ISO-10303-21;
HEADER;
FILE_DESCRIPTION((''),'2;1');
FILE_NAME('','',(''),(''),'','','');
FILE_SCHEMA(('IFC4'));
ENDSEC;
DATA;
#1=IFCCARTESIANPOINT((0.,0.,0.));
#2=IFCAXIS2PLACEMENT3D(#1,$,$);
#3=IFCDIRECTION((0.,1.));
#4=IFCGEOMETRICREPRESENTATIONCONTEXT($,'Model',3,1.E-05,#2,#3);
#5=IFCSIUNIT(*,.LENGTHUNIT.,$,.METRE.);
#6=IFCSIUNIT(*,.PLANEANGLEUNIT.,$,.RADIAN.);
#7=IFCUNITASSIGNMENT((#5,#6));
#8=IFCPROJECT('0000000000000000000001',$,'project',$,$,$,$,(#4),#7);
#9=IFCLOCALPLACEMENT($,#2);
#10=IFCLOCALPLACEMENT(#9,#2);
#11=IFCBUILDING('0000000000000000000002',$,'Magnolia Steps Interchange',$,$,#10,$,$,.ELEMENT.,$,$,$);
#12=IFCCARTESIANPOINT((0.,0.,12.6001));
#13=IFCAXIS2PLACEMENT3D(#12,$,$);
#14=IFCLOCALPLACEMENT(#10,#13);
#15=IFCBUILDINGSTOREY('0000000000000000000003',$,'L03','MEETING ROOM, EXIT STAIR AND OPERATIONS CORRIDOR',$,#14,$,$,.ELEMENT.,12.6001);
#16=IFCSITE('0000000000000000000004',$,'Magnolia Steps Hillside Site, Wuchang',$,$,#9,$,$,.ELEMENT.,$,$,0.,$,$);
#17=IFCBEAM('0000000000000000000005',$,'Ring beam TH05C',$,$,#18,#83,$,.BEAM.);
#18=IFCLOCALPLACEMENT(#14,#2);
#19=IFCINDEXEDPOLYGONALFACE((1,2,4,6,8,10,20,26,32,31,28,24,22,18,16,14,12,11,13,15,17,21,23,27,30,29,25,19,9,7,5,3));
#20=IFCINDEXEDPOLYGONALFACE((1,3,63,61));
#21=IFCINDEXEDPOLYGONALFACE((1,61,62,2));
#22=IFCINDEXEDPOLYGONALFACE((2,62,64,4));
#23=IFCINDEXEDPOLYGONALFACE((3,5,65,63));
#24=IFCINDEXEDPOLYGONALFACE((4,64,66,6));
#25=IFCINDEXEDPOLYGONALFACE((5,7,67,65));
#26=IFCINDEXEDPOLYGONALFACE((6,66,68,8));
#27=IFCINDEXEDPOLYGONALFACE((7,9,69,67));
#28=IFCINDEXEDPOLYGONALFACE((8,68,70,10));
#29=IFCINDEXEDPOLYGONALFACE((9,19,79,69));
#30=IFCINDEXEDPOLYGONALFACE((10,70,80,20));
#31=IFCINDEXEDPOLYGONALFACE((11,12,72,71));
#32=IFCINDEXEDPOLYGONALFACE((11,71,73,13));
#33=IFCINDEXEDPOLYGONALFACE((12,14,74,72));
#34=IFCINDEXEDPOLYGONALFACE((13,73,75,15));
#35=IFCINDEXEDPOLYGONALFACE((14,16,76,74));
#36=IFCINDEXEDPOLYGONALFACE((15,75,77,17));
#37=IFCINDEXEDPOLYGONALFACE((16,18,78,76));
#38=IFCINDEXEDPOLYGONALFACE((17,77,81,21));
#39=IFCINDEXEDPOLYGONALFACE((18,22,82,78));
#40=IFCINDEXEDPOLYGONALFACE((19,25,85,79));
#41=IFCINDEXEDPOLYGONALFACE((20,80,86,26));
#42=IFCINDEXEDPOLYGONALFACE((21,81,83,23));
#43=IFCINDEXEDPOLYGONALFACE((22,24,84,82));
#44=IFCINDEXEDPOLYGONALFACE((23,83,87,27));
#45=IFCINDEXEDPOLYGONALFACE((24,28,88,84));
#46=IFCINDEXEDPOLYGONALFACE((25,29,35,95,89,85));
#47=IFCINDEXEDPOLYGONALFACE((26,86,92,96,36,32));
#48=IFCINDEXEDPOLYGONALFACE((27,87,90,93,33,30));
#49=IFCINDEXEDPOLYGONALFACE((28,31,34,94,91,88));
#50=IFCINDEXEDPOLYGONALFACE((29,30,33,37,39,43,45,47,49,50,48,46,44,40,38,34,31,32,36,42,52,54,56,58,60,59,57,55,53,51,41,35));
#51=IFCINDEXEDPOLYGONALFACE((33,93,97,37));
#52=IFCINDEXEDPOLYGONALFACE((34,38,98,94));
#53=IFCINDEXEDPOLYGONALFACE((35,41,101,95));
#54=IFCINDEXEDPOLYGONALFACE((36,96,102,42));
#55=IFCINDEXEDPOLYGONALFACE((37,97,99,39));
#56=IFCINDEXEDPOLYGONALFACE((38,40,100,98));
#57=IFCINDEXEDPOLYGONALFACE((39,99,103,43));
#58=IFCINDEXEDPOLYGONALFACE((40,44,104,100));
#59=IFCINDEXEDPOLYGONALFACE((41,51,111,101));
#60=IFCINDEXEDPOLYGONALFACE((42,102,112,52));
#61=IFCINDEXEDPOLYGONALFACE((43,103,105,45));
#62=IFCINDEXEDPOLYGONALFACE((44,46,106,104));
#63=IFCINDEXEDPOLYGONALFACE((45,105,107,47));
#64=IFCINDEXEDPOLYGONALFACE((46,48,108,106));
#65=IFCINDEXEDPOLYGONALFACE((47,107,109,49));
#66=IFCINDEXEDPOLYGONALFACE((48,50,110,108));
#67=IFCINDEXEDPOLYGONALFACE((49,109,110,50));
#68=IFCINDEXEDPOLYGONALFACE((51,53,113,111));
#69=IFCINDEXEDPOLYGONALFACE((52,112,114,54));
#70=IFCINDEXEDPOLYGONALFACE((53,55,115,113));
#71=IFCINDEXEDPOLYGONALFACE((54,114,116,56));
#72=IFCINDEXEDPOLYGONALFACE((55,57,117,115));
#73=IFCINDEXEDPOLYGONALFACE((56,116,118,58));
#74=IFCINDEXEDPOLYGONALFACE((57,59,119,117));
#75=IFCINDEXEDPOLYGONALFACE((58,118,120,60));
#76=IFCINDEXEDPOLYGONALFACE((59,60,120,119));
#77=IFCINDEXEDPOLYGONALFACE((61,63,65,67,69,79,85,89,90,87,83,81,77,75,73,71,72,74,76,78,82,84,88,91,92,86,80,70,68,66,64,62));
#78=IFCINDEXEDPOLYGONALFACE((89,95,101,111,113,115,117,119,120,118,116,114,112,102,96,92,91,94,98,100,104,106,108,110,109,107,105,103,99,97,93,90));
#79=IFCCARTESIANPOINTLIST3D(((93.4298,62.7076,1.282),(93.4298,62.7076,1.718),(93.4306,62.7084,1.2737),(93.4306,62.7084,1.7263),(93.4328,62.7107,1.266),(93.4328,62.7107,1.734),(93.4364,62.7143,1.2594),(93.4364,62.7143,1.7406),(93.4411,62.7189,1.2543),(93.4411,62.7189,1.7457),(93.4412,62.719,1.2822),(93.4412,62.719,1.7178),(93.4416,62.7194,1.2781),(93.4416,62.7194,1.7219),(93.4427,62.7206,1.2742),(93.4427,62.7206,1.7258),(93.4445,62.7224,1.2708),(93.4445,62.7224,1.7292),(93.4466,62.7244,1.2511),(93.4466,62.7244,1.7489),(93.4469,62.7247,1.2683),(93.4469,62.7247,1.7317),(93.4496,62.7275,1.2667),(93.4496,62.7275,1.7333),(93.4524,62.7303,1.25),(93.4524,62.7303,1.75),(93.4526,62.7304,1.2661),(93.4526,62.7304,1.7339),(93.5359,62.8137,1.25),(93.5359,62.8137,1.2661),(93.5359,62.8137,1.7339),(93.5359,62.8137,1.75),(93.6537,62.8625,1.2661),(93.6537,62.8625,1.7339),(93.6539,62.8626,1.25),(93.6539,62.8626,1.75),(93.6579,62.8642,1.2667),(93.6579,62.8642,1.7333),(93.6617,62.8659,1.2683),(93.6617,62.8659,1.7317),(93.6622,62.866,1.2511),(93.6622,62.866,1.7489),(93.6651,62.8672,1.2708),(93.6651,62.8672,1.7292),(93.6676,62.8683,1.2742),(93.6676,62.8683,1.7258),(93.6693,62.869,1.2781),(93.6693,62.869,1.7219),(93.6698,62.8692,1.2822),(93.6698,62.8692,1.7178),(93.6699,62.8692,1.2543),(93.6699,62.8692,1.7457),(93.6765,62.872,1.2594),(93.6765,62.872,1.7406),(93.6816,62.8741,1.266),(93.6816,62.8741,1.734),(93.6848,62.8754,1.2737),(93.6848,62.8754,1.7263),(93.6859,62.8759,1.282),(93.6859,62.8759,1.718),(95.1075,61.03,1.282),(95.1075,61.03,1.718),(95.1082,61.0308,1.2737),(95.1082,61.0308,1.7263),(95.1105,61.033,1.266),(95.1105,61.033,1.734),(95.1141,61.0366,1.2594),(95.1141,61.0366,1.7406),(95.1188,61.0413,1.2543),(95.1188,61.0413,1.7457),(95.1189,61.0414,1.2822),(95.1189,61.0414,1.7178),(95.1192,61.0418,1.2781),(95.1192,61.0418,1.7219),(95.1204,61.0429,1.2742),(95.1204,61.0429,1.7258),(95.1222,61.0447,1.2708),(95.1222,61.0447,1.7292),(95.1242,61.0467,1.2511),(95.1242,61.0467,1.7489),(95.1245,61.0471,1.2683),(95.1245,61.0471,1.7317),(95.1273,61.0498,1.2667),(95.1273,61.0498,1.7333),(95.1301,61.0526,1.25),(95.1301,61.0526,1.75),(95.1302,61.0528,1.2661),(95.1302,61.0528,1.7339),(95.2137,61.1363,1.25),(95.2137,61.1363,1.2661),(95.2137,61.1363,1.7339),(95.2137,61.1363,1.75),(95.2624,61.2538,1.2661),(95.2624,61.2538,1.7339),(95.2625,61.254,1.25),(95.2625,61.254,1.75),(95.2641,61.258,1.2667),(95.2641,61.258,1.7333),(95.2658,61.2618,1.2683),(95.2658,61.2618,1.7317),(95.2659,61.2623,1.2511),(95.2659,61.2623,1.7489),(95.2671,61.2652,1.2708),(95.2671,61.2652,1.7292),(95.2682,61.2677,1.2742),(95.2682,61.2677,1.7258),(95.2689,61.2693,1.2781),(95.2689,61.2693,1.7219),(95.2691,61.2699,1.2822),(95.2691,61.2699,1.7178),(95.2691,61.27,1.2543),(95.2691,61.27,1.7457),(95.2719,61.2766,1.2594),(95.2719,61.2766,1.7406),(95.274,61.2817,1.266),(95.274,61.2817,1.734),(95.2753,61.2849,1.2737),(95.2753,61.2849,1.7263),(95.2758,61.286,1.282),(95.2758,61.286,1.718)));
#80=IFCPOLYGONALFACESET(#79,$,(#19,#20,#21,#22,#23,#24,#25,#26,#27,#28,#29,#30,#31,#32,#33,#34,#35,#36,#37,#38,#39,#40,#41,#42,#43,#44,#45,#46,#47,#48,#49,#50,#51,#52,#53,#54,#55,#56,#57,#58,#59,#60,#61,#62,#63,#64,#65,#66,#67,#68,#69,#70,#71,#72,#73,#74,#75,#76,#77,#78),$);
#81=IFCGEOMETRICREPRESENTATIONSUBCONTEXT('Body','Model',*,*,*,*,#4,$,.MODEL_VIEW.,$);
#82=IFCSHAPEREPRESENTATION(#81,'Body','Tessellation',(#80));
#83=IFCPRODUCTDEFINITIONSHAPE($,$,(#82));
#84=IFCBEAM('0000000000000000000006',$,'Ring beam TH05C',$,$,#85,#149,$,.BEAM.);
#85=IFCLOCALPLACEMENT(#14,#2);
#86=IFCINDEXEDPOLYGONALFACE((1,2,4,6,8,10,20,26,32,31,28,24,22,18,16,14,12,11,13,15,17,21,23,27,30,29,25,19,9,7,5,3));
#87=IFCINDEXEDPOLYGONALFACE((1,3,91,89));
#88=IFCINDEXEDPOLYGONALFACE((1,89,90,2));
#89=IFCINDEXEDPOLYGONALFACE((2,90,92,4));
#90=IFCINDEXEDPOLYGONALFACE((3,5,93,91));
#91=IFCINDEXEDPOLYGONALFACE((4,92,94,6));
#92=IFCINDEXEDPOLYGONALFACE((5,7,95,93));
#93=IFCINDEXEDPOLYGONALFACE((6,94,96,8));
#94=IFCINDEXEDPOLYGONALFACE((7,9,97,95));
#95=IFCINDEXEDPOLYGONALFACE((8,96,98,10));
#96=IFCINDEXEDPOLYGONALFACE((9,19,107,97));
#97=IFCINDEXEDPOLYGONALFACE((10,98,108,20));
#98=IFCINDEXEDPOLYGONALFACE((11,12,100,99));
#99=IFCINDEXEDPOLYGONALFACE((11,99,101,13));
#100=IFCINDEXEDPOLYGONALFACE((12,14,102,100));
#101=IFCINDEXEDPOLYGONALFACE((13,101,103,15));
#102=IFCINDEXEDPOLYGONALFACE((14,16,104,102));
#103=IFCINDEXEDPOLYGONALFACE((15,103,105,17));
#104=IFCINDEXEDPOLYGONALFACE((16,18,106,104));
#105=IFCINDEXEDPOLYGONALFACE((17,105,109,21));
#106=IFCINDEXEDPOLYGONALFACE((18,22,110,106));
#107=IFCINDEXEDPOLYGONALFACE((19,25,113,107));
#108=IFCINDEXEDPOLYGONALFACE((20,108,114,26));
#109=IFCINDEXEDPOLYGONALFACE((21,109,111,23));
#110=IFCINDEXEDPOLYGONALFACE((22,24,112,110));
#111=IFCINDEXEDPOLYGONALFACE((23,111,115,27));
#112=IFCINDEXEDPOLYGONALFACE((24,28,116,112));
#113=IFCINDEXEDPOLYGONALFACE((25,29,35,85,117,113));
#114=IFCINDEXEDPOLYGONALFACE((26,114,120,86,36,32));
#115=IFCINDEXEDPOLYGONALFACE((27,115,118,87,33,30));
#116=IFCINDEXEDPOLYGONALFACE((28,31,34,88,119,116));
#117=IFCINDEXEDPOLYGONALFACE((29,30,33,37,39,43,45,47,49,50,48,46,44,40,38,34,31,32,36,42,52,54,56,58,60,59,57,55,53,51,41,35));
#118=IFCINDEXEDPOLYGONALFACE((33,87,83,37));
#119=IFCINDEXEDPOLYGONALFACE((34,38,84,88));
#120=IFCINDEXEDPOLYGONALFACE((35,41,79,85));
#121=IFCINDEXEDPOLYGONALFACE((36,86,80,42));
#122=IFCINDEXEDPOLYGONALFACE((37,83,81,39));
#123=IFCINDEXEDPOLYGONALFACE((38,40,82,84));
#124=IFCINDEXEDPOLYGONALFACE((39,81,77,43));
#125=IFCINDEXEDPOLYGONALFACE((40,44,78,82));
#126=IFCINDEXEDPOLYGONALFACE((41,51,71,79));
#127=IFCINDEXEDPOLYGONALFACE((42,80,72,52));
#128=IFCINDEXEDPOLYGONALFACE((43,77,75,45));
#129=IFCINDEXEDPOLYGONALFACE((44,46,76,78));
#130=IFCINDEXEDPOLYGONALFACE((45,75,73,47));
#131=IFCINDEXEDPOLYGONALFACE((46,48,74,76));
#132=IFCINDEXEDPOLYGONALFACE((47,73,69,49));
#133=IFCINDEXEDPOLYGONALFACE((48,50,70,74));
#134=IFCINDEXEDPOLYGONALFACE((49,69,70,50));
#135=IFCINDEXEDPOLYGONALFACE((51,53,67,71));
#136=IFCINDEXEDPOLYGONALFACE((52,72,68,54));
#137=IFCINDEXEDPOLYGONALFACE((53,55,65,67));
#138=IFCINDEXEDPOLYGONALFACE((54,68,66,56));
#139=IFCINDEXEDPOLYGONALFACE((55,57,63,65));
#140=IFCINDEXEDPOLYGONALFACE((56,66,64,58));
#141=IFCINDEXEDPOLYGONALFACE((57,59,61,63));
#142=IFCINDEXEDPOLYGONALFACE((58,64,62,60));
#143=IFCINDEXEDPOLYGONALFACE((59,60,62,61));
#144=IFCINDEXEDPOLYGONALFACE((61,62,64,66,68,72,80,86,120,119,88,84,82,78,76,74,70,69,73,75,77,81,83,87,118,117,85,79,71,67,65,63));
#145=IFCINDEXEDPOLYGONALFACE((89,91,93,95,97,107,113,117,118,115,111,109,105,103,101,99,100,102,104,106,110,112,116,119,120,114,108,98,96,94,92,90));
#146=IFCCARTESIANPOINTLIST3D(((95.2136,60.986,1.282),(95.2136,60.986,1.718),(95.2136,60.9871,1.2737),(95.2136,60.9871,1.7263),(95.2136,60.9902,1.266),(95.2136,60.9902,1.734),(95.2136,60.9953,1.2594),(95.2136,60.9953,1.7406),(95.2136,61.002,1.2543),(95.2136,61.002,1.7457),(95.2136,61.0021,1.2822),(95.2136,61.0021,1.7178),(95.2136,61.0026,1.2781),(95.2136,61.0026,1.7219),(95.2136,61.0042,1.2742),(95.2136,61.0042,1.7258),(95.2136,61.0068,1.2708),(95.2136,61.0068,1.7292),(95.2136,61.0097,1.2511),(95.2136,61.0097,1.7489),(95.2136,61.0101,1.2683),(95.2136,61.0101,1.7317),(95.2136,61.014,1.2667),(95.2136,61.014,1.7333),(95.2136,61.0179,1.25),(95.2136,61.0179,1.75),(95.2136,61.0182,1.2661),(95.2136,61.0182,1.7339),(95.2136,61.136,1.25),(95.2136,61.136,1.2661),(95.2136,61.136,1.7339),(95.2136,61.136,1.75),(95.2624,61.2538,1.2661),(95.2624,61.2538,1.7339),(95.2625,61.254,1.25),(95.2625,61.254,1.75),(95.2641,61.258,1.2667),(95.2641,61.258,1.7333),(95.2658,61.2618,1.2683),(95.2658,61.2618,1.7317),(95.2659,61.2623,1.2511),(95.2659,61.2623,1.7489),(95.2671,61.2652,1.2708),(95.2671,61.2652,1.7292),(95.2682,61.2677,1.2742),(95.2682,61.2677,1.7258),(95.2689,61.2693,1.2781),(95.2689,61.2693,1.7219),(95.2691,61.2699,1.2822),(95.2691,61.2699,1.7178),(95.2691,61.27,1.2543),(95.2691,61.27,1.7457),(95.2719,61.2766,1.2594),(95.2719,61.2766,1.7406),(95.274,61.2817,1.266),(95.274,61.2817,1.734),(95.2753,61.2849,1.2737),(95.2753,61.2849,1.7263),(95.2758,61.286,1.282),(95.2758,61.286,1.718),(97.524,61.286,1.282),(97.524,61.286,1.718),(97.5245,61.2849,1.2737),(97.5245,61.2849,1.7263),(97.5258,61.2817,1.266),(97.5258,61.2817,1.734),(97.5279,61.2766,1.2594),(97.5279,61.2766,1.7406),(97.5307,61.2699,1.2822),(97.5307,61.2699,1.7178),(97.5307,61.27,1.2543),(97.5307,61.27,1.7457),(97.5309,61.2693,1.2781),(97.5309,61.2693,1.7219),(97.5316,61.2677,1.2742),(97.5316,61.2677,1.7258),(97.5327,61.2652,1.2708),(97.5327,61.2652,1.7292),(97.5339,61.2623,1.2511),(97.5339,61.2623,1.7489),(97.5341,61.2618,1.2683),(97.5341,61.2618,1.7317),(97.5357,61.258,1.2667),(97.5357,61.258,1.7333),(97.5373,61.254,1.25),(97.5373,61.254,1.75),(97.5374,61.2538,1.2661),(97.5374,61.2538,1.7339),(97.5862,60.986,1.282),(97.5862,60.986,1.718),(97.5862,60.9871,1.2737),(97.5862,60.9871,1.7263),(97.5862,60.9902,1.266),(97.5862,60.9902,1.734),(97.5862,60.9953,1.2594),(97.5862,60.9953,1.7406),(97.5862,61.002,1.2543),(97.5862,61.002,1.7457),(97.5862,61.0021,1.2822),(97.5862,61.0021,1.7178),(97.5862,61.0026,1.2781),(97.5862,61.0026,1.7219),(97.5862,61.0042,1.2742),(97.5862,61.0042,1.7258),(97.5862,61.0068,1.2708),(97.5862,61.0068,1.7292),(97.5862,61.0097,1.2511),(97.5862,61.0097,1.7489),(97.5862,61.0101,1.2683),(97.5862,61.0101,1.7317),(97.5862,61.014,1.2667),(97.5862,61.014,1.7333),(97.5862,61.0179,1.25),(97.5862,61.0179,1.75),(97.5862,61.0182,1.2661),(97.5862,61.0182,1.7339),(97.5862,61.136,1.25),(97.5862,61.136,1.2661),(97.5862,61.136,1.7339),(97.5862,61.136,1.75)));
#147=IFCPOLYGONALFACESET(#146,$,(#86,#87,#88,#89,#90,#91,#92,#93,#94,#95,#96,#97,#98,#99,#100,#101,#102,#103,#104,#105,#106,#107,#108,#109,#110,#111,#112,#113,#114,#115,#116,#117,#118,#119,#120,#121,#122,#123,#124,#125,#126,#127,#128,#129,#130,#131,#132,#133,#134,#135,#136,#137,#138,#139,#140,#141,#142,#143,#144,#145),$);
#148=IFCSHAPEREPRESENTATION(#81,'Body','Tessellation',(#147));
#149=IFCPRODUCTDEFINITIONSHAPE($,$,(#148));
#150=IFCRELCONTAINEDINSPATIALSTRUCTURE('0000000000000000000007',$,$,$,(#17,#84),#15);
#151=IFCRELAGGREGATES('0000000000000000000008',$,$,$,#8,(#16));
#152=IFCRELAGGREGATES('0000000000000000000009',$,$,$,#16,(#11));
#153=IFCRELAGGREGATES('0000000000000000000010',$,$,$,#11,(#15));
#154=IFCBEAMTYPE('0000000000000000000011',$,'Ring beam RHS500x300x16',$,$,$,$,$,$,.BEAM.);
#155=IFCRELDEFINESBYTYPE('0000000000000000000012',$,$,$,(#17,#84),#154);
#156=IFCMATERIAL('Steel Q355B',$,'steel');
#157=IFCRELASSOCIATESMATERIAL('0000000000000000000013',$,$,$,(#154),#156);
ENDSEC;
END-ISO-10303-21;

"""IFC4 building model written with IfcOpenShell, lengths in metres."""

from ifc_helpers import new_model, si_unit, direction, frame, origin, origin_2d, place, context, subcontext, project, spatial, hollow_rectangle, extrude, clip, halfspace, material, material_profile, profile_set, type_object, element, save


model = new_model("IFC4")

# Units and contexts
model_context = context("Model", 3, precision=1e-05, world=origin(), true_north=direction((0.0, 1.0)))
body_context = subcontext(model_context, "Body", "Model", "MODEL_VIEW")
ifc_project = project(units=[si_unit("LENGTHUNIT", "METRE"), si_unit("PLANEANGLEUNIT", "RADIAN")], contexts=[model_context])

# Site, building, storey
site_placement = place(None, origin())
site = spatial("IfcSite", under=ifc_project, at=site_placement, Name="Magnolia Steps Hillside Site, Wuchang", CompositionType="ELEMENT", RefElevation=0.0)
building_placement = place(site_placement, origin())
building = spatial("IfcBuilding", under=site, at=building_placement, Name="Magnolia Steps Interchange", CompositionType="ELEMENT")
storey_placement = place(building_placement, frame((0.0, 0.0, 12.6001)))
storey = spatial("IfcBuildingStorey", under=building, at=storey_placement, Name="L03", Description="MEETING ROOM, EXIT STAIR AND OPERATIONS CORRIDOR", CompositionType="ELEMENT", Elevation=12.6001)

# Beams
ifc_material_1 = material(Name="Steel Q355B", Category="steel")
ifc_material_profile_1 = material_profile(ifc_material_1, hollow_rectangle(XDim=0.3, YDim=0.5, WallThickness=0.0161, InnerFilletRadius=0.0161, OuterFilletRadius=0.032, at=origin_2d()), Name="RHS500x300x16")
ifc_profile_set_1 = profile_set([ifc_material_profile_1], Name="Steel Q355B")
beam_type_1 = type_object("IfcBeamType", Name="Ring beam RHS500x300x16", PredefinedType="BEAM", material=ifc_profile_set_1)
beam_1_placement = place(storey_placement, frame((93.5359, 62.8137, 1.5), z_axis=(0.707107, -0.707107, 0.0), x_axis=(0.707107, 0.707107, 0.0)))
element("IfcBeam", 1, at=beam_1_placement, inside=storey, type_object=beam_type_1, Name="Ring beam TH05C", PredefinedType="BEAM", context=body_context, shape_type="Clipping", body=[
    clip(clip(extrude(hollow_rectangle(XDim=0.3, YDim=0.5, WallThickness=0.0161, InnerFilletRadius=0.0161, OuterFilletRadius=0.032, at=origin_2d()), origin(), (0.0, 0.0, 1.0), 2.3726), halfspace(frame((0.0, 0.0, 0.0), z_axis=(0.382683, 0.0, -0.92388), x_axis=(0.92388, 0.0, 0.382683)), False)), halfspace(frame((0.0, 0.0, 2.3727), z_axis=(0.382683, 0.0, 0.92388), x_axis=(0.92388, 0.0, -0.382683)), False)),
])
beam_2_placement = place(storey_placement, frame((95.2136, 61.136, 1.5), z_axis=(1.0, 0.0, 0.0), x_axis=(0.0, 1.0, 0.0)))
element("IfcBeam", 2, at=beam_2_placement, inside=storey, type_object=beam_type_1, Name="Ring beam TH05C", PredefinedType="BEAM", context=body_context, shape_type="Clipping", body=[
    clip(clip(extrude(hollow_rectangle(XDim=0.3, YDim=0.5, WallThickness=0.0161, InnerFilletRadius=0.0161, OuterFilletRadius=0.032, at=origin_2d()), origin(), (0.0, 0.0, 1.0), 2.3726), halfspace(frame((0.0, 0.0, 0.0), z_axis=(0.382683, 0.0, -0.92388), x_axis=(0.92388, 0.0, 0.382683)), False)), halfspace(frame((0.0, 0.0, 2.3726), z_axis=(0.382683, 0.0, 0.92388), x_axis=(0.92388, 0.0, -0.382683)), False)),
])

save(model, "model.ifc")
